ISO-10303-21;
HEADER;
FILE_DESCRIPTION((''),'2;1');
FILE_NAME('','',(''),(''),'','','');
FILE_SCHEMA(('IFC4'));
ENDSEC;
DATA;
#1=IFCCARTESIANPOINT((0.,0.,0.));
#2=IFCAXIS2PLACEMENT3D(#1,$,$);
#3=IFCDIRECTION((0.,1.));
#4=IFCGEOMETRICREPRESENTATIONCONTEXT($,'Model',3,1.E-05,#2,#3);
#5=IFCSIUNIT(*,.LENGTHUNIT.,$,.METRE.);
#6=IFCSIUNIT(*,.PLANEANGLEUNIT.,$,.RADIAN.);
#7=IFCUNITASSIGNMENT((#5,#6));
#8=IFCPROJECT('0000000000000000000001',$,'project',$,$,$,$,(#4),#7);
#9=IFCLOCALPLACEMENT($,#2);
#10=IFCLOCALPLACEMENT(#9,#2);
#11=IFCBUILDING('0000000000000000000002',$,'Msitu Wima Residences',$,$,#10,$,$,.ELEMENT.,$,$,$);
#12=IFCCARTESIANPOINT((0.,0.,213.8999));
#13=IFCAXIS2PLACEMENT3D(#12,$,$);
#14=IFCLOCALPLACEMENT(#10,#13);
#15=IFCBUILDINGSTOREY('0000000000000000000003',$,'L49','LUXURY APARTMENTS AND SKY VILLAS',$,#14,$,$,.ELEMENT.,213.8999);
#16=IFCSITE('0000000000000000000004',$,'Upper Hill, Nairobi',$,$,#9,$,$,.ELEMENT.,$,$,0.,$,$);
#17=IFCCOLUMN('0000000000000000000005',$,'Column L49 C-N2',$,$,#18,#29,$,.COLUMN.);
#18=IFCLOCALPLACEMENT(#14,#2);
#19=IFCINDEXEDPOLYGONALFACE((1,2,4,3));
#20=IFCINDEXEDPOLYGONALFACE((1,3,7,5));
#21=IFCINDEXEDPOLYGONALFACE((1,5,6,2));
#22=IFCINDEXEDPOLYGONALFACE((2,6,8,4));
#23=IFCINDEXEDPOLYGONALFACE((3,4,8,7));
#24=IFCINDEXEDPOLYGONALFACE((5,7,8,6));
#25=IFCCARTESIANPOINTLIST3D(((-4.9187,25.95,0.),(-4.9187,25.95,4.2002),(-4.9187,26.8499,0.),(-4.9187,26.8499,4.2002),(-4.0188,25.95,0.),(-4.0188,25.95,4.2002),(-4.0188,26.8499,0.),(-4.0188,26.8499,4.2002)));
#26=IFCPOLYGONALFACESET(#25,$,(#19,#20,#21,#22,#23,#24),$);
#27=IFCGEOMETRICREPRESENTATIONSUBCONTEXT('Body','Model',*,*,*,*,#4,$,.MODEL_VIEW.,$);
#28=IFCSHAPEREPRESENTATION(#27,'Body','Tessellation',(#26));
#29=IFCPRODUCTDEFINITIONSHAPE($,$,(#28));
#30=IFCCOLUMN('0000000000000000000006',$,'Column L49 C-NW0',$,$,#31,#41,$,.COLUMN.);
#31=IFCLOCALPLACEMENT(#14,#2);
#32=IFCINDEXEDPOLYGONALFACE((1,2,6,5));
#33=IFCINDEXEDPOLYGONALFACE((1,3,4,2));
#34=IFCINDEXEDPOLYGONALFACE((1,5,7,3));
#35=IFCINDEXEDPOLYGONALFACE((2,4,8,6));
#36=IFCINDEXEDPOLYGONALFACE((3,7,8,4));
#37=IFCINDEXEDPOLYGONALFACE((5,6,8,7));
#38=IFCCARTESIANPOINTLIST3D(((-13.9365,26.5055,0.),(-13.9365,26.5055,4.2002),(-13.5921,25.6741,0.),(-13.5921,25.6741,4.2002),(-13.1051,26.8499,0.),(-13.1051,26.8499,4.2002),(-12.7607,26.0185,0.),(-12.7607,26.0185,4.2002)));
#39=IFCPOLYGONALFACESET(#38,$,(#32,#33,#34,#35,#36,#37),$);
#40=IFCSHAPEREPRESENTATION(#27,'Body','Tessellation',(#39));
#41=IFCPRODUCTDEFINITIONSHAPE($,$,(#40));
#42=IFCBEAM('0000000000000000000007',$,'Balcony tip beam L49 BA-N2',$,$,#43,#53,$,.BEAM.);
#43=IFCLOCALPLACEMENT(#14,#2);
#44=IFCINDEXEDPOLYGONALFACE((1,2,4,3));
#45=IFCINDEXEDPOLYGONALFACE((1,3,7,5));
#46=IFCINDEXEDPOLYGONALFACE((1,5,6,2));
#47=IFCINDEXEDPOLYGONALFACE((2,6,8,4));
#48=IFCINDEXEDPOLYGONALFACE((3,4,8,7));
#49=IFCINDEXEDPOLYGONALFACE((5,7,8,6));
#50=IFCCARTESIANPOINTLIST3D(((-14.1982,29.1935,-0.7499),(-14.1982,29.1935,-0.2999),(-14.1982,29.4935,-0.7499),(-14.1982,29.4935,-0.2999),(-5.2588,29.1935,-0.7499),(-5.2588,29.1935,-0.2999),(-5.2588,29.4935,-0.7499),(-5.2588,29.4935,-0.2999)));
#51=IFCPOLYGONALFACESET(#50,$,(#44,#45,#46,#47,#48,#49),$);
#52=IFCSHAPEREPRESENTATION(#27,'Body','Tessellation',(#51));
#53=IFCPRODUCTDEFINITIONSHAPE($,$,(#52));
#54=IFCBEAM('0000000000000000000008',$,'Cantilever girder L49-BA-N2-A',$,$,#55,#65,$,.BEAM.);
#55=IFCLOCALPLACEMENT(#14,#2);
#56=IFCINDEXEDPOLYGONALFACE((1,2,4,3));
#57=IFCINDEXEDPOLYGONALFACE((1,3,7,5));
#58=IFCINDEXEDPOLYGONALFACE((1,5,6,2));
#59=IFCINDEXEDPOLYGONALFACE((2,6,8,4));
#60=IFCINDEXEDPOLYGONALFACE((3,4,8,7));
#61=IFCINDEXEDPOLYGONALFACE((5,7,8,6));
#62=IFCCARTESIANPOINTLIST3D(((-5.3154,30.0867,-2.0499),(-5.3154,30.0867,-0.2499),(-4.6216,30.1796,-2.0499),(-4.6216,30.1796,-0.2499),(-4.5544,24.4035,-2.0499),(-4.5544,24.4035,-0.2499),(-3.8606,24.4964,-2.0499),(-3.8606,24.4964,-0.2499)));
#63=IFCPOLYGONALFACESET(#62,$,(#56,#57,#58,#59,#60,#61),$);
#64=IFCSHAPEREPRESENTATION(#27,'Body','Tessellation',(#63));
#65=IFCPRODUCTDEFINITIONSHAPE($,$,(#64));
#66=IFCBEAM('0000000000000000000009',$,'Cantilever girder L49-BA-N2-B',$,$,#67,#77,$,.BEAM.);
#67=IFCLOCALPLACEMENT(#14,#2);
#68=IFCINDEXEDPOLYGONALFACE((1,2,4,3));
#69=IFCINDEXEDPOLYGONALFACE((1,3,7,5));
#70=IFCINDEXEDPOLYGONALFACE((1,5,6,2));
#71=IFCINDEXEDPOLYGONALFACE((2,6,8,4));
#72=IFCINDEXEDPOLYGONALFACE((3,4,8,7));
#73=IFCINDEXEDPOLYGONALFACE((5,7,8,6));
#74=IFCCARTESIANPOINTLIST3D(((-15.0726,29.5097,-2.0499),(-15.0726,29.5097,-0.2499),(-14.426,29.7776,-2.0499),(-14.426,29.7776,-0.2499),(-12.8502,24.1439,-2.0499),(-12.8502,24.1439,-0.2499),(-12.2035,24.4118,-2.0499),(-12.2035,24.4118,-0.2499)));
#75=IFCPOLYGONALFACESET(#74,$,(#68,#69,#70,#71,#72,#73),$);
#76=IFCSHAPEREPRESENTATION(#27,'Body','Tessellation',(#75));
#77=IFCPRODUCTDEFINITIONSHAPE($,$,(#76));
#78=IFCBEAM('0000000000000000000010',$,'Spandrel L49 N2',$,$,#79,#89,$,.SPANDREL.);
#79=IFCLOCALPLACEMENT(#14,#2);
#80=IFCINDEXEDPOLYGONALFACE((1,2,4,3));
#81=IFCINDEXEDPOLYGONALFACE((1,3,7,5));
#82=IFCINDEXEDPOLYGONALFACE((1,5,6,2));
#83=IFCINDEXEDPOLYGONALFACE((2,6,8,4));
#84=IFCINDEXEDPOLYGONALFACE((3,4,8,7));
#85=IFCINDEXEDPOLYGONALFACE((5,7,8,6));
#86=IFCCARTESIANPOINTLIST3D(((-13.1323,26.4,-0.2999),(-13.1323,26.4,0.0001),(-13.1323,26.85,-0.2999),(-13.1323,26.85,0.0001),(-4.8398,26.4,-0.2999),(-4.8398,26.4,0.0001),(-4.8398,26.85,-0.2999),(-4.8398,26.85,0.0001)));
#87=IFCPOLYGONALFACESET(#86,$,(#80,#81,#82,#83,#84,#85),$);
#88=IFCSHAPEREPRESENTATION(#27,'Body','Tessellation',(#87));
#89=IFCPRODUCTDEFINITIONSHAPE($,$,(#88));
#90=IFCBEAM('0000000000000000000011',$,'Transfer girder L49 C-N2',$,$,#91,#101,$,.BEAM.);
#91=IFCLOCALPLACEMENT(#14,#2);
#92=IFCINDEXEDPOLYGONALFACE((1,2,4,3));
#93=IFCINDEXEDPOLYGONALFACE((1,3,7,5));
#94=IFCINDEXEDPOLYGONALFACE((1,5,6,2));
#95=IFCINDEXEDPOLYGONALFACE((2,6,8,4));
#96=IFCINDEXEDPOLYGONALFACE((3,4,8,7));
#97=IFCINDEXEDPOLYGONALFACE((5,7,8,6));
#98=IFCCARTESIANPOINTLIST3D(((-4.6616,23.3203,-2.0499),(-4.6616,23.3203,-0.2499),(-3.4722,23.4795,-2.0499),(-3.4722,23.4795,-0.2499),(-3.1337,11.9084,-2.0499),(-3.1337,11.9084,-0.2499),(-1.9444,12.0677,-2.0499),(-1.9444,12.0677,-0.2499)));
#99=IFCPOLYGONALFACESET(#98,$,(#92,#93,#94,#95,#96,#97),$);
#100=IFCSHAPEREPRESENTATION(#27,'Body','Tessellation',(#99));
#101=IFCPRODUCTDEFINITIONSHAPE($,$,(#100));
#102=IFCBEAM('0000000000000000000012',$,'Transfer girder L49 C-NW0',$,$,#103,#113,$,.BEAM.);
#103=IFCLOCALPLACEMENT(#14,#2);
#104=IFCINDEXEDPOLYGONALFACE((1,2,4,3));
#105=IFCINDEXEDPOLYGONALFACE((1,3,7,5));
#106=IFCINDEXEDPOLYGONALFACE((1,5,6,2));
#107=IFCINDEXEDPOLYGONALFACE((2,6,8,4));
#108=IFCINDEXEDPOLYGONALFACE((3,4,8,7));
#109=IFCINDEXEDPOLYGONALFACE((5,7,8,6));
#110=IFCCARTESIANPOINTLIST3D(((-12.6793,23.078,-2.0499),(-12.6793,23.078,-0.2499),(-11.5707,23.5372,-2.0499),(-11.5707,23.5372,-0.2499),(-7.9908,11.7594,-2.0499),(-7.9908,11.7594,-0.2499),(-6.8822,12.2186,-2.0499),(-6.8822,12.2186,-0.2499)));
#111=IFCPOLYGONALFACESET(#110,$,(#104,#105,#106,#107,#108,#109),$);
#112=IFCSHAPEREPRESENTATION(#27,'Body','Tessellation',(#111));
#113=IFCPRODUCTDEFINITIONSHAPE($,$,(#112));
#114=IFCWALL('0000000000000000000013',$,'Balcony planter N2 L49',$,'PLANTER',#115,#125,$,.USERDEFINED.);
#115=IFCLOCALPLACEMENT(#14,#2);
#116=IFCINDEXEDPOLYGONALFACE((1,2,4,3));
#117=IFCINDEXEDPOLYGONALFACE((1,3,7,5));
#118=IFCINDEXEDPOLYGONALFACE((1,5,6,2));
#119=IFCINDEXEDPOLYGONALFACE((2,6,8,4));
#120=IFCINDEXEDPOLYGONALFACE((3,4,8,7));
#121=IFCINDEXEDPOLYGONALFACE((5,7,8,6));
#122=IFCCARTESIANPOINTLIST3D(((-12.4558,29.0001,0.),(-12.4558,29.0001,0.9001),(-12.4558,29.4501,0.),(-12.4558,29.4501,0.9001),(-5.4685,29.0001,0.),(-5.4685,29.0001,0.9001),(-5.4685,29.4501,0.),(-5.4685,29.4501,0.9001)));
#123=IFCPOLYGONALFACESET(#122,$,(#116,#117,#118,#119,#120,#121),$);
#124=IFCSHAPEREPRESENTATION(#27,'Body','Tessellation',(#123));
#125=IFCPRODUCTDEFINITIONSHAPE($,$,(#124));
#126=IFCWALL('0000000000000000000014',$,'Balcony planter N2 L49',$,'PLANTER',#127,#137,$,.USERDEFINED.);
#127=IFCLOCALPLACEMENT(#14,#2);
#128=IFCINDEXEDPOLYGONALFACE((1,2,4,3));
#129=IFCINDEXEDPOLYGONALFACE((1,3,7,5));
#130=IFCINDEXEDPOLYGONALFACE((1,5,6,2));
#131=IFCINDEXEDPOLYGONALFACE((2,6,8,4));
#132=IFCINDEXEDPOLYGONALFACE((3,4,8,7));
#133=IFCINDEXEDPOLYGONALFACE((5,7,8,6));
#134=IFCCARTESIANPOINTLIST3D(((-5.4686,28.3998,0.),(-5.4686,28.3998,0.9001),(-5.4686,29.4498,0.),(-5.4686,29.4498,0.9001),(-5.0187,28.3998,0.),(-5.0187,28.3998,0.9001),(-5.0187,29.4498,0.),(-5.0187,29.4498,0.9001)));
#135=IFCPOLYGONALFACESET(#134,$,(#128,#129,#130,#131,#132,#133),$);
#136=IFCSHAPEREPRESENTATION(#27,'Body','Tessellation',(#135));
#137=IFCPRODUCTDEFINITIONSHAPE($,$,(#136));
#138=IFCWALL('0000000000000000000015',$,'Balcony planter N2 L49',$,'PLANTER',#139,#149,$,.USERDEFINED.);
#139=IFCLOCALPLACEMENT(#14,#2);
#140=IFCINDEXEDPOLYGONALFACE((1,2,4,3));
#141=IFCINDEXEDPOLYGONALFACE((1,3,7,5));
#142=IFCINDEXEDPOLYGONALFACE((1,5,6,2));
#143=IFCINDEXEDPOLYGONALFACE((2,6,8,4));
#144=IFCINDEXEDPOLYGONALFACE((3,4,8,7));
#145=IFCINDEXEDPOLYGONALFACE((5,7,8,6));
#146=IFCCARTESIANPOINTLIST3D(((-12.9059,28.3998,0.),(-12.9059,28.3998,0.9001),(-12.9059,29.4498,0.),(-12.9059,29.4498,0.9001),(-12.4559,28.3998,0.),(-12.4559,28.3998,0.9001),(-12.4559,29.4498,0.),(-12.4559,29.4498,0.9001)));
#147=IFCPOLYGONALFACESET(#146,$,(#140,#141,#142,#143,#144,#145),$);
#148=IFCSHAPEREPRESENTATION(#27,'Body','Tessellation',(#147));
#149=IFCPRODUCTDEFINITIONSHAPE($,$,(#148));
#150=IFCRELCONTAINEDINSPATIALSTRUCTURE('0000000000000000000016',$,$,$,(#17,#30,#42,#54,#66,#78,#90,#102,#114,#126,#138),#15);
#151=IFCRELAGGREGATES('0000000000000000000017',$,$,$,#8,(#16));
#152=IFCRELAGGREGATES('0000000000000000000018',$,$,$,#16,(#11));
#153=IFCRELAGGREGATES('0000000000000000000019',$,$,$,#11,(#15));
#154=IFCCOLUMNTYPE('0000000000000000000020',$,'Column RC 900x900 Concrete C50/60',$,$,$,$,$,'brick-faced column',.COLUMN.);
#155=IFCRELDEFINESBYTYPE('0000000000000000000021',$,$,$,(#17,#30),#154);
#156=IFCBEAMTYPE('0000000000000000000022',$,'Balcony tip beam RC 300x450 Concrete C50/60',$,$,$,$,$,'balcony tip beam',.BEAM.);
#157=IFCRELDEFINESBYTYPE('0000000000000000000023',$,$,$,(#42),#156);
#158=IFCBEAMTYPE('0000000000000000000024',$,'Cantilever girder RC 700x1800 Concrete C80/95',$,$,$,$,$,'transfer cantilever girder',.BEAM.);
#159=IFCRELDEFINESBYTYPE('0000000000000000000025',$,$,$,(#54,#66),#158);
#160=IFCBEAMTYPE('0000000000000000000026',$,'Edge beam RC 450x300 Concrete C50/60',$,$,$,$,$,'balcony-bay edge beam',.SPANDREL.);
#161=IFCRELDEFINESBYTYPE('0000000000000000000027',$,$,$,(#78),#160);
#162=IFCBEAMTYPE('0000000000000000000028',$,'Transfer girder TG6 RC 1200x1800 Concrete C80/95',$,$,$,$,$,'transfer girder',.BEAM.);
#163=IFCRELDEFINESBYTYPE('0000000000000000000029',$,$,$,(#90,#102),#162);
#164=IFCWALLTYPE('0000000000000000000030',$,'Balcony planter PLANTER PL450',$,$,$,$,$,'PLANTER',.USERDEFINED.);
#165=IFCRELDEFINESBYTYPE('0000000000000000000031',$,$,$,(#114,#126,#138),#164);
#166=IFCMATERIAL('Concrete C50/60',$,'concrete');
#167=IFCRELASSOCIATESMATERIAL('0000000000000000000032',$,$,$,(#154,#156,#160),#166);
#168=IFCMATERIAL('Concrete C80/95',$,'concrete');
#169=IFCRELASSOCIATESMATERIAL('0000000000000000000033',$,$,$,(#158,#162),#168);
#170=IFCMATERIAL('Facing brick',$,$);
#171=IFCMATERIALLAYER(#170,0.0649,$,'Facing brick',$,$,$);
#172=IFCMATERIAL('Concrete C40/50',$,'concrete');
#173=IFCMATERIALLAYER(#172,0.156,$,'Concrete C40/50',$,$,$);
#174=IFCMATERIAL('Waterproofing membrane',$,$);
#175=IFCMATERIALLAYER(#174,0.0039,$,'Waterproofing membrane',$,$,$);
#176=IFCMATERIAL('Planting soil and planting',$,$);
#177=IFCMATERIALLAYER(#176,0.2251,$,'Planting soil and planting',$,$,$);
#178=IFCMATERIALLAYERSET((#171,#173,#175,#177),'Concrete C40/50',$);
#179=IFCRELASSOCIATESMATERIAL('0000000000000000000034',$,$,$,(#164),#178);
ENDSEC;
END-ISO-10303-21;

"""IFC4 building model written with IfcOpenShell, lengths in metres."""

from ifc_helpers import new_model, si_unit, direction, frame, frame_2d, origin, origin_2d, place, context, subcontext, project, spatial, rectangle, extrude, material, layer, layer_set, material_profile, profile_set, type_object, element, save


model = new_model("IFC4")

# Units and contexts
model_context = context("Model", 3, precision=1e-05, world=origin(), true_north=direction((0.0, 1.0)))
body_context = subcontext(model_context, "Body", "Model", "MODEL_VIEW")
ifc_project = project(units=[si_unit("LENGTHUNIT", "METRE"), si_unit("PLANEANGLEUNIT", "RADIAN")], contexts=[model_context])

# Site, building, storey
site_placement = place(None, origin())
site = spatial("IfcSite", under=ifc_project, at=site_placement, Name="Upper Hill, Nairobi", CompositionType="ELEMENT", RefElevation=0.0)
building_placement = place(site_placement, origin())
building = spatial("IfcBuilding", under=site, at=building_placement, Name="Msitu Wima Residences", CompositionType="ELEMENT")
storey_placement = place(building_placement, frame((0.0, 0.0, 213.8999)))
storey = spatial("IfcBuildingStorey", under=building, at=storey_placement, Name="L49", Description="LUXURY APARTMENTS AND SKY VILLAS", CompositionType="ELEMENT", Elevation=213.8999)

# Columns
ifc_material_1 = material(Name="Concrete C50/60", Category="concrete")
ifc_material_profile_1 = material_profile(ifc_material_1, rectangle(XDim=0.8999, YDim=0.8999, at=origin_2d()), Name="RC 900x900")
ifc_profile_set_1 = profile_set([ifc_material_profile_1], Name="Concrete C50/60")
column_type = type_object("IfcColumnType", Name="Column RC 900x900 Concrete C50/60", ElementType="brick-faced column", PredefinedType="COLUMN", material=ifc_profile_set_1)
for number, where, z_axis, x_axis, name in (
    (1, (-4.4688, 26.3999, 0.0), (0.0, 0.0, 1.0), (-1.0, 0.0, 0.0), "Column L49 C-N2"),
    (2, (-13.3486, 26.262, 0.0), (0.0, 0.0, 1.0), (-0.92388, -0.382683, 0.0), "Column L49 C-NW0"),
):
    element("IfcColumn", number, at=place(storey_placement, frame(where, z_axis=z_axis, x_axis=x_axis)), inside=storey, type_object=column_type, Name=name, PredefinedType="COLUMN", context=body_context, shape_type="SweptSolid", body=[
        extrude(rectangle(XDim=0.8999, YDim=0.8999, at=origin_2d()), origin(), (0.0, 0.0, 1.0), 4.2002),
    ])

# Beams
ifc_material_profile_2 = material_profile(ifc_material_1, rectangle(XDim=0.3, YDim=0.45, at=origin_2d()), Name="RC 300x450")
ifc_profile_set_2 = profile_set([ifc_material_profile_2], Name="Concrete C50/60")
beam_type_1 = type_object("IfcBeamType", Name="Balcony tip beam RC 300x450 Concrete C50/60", ElementType="balcony tip beam", PredefinedType="BEAM", material=ifc_profile_set_2)
beam_1_placement = place(storey_placement, frame((-5.2588, 29.3435, -0.5249), z_axis=(-1.0, 0.0, 0.0), x_axis=(0.0, -1.0, 0.0)))
element("IfcBeam", 3, at=beam_1_placement, inside=storey, type_object=beam_type_1, Name="Balcony tip beam L49 BA-N2", PredefinedType="BEAM", context=body_context, shape_type="SweptSolid", body=[
    extrude(rectangle(XDim=0.3, YDim=0.45, at=origin_2d()), origin(), (0.0, 0.0, 1.0), 8.9395),
])
ifc_material_2 = material(Name="Concrete C80/95", Category="concrete")
ifc_material_profile_3 = material_profile(ifc_material_2, rectangle(XDim=0.7, YDim=1.8, at=origin_2d()), Name="RC 700x1800")
ifc_profile_set_3 = profile_set([ifc_material_profile_3], Name="Concrete C80/95")
beam_type_2 = type_object("IfcBeamType", Name="Cantilever girder RC 700x1800 Concrete C80/95", ElementType="transfer cantilever girder", PredefinedType="BEAM", material=ifc_profile_set_3)
beam_2_placement = place(storey_placement, frame((-4.2075, 24.45, -1.1499), z_axis=(-0.132719, 0.991154, 0.0), x_axis=(-0.991154, -0.132719, 0.0)))
element("IfcBeam", 4, at=beam_2_placement, inside=storey, type_object=beam_type_2, Name="Cantilever girder L49-BA-N2-A", PredefinedType="BEAM", context=body_context, shape_type="SweptSolid", body=[
    extrude(rectangle(XDim=0.7, YDim=1.8, at=origin_2d()), origin(), (0.0, 0.0, 1.0), 5.7339),
])
beam_3_placement = place(storey_placement, frame((-12.5269, 24.2778, -1.1499), z_axis=(-0.382662, 0.923888, 0.0), x_axis=(-0.923888, -0.382662, 0.0)))
element("IfcBeam", 5, at=beam_3_placement, inside=storey, type_object=beam_type_2, Name="Cantilever girder L49-BA-N2-B", PredefinedType="BEAM", context=body_context, shape_type="SweptSolid", body=[
    extrude(rectangle(XDim=0.7, YDim=1.8, at=origin_2d()), origin(), (0.0, 0.0, 1.0), 5.8079),
])
ifc_material_profile_4 = material_profile(ifc_material_1, rectangle(XDim=0.45, YDim=0.3, at=origin_2d()), Name="RC 450x300")
ifc_profile_set_4 = profile_set([ifc_material_profile_4], Name="Concrete C50/60")
beam_type_3 = type_object("IfcBeamType", Name="Edge beam RC 450x300 Concrete C50/60", ElementType="balcony-bay edge beam", PredefinedType="SPANDREL", material=ifc_profile_set_4)
beam_4_placement = place(storey_placement, frame((-4.8398, 26.625, -0.1499), z_axis=(-1.0, 0.0, 0.0), x_axis=(0.0, -1.0, 0.0)))
element("IfcBeam", 6, at=beam_4_placement, inside=storey, type_object=beam_type_3, Name="Spandrel L49 N2", PredefinedType="SPANDREL", context=body_context, shape_type="SweptSolid", body=[
    extrude(rectangle(XDim=0.45, YDim=0.3, at=origin_2d()), origin(), (0.0, 0.0, 1.0), 8.2925),
])
ifc_material_profile_5 = material_profile(ifc_material_2, rectangle(XDim=1.2, YDim=1.8, at=origin_2d()), Name="RC 1200x1800")
ifc_profile_set_5 = profile_set([ifc_material_profile_5], Name="Concrete C80/95")
beam_type_4 = type_object("IfcBeamType", Name="Transfer girder TG6 RC 1200x1800 Concrete C80/95", ElementType="transfer girder", PredefinedType="BEAM", material=ifc_profile_set_5)
beam_5_placement = place(storey_placement, frame((-4.0669, 23.3999, -1.1499), z_axis=(0.132697, -0.991157, 0.0), x_axis=(0.991157, 0.132697, 0.0)))
element("IfcBeam", 7, at=beam_5_placement, inside=storey, type_object=beam_type_4, Name="Transfer girder L49 C-N2", PredefinedType="BEAM", context=body_context, shape_type="SweptSolid", body=[
    extrude(rectangle(XDim=1.2, YDim=1.8, at=origin_2d()), origin(), (0.0, 0.0, 1.0), 11.5137),
])
beam_6_placement = place(storey_placement, frame((-12.125, 23.3076, -1.1499), z_axis=(0.382694, -0.923875, 0.0), x_axis=(0.923875, 0.382694, 0.0)))
element("IfcBeam", 8, at=beam_6_placement, inside=storey, type_object=beam_type_4, Name="Transfer girder L49 C-NW0", PredefinedType="BEAM", context=body_context, shape_type="SweptSolid", body=[
    extrude(rectangle(XDim=1.2, YDim=1.8, at=origin_2d()), origin(), (0.0, 0.0, 1.0), 12.2512),
])

# Walls
ifc_material_3 = material(Name="Facing brick")
ifc_layer_1 = layer(ifc_material_3, 0.0649, Name="Facing brick")
ifc_material_4 = material(Name="Concrete C40/50", Category="concrete")
ifc_layer_2 = layer(ifc_material_4, 0.156, Name="Concrete C40/50")
ifc_material_5 = material(Name="Waterproofing membrane")
ifc_layer_3 = layer(ifc_material_5, 0.0039, Name="Waterproofing membrane")
ifc_material_6 = material(Name="Planting soil and planting")
ifc_layer_4 = layer(ifc_material_6, 0.2251, Name="Planting soil and planting")
ifc_layer_set_1 = layer_set([ifc_layer_1, ifc_layer_2, ifc_layer_3, ifc_layer_4], Name="Concrete C40/50")
wall_type_1 = type_object("IfcWallType", Name="Balcony planter PLANTER PL450", ElementType="PLANTER", PredefinedType="USERDEFINED", material=ifc_layer_set_1)
wall_1_placement = place(storey_placement, frame((-5.4685, 29.2251, 0.0), z_axis=(0.0, 0.0, 1.0), x_axis=(-1.0, 0.0, 0.0)))
element("IfcWall", 9, at=wall_1_placement, inside=storey, type_object=wall_type_1, Name="Balcony planter N2 L49", ObjectType="PLANTER", PredefinedType="USERDEFINED", context=body_context, shape_type="SweptSolid", body=[
    extrude(rectangle(XDim=6.9873, YDim=0.45, at=frame_2d((3.4937, 0.0))), origin(), (0.0, 0.0, 1.0), 0.9001),
])
for number, where, z_axis, x_axis, name in (
    (10, (-5.2437, 28.3999, 0.0), (0.0, 0.0, 1.0), (0.0, 1.0, 0.0), "Balcony planter N2 L49"),
    (11, (-12.6809, 28.3999, 0.0), (0.0, 0.0, 1.0), (0.0, 1.0, 0.0), "Balcony planter N2 L49"),
):
    element("IfcWall", number, at=place(storey_placement, frame(where, z_axis=z_axis, x_axis=x_axis)), inside=storey, type_object=wall_type_1, Name=name, ObjectType="PLANTER", PredefinedType="USERDEFINED", context=body_context, shape_type="SweptSolid", body=[
        extrude(rectangle(XDim=1.05, YDim=0.45, at=frame_2d((0.5249, 0.0))), origin(), (0.0, 0.0, 1.0), 0.9001),
    ])

save(model, "model.ifc")
